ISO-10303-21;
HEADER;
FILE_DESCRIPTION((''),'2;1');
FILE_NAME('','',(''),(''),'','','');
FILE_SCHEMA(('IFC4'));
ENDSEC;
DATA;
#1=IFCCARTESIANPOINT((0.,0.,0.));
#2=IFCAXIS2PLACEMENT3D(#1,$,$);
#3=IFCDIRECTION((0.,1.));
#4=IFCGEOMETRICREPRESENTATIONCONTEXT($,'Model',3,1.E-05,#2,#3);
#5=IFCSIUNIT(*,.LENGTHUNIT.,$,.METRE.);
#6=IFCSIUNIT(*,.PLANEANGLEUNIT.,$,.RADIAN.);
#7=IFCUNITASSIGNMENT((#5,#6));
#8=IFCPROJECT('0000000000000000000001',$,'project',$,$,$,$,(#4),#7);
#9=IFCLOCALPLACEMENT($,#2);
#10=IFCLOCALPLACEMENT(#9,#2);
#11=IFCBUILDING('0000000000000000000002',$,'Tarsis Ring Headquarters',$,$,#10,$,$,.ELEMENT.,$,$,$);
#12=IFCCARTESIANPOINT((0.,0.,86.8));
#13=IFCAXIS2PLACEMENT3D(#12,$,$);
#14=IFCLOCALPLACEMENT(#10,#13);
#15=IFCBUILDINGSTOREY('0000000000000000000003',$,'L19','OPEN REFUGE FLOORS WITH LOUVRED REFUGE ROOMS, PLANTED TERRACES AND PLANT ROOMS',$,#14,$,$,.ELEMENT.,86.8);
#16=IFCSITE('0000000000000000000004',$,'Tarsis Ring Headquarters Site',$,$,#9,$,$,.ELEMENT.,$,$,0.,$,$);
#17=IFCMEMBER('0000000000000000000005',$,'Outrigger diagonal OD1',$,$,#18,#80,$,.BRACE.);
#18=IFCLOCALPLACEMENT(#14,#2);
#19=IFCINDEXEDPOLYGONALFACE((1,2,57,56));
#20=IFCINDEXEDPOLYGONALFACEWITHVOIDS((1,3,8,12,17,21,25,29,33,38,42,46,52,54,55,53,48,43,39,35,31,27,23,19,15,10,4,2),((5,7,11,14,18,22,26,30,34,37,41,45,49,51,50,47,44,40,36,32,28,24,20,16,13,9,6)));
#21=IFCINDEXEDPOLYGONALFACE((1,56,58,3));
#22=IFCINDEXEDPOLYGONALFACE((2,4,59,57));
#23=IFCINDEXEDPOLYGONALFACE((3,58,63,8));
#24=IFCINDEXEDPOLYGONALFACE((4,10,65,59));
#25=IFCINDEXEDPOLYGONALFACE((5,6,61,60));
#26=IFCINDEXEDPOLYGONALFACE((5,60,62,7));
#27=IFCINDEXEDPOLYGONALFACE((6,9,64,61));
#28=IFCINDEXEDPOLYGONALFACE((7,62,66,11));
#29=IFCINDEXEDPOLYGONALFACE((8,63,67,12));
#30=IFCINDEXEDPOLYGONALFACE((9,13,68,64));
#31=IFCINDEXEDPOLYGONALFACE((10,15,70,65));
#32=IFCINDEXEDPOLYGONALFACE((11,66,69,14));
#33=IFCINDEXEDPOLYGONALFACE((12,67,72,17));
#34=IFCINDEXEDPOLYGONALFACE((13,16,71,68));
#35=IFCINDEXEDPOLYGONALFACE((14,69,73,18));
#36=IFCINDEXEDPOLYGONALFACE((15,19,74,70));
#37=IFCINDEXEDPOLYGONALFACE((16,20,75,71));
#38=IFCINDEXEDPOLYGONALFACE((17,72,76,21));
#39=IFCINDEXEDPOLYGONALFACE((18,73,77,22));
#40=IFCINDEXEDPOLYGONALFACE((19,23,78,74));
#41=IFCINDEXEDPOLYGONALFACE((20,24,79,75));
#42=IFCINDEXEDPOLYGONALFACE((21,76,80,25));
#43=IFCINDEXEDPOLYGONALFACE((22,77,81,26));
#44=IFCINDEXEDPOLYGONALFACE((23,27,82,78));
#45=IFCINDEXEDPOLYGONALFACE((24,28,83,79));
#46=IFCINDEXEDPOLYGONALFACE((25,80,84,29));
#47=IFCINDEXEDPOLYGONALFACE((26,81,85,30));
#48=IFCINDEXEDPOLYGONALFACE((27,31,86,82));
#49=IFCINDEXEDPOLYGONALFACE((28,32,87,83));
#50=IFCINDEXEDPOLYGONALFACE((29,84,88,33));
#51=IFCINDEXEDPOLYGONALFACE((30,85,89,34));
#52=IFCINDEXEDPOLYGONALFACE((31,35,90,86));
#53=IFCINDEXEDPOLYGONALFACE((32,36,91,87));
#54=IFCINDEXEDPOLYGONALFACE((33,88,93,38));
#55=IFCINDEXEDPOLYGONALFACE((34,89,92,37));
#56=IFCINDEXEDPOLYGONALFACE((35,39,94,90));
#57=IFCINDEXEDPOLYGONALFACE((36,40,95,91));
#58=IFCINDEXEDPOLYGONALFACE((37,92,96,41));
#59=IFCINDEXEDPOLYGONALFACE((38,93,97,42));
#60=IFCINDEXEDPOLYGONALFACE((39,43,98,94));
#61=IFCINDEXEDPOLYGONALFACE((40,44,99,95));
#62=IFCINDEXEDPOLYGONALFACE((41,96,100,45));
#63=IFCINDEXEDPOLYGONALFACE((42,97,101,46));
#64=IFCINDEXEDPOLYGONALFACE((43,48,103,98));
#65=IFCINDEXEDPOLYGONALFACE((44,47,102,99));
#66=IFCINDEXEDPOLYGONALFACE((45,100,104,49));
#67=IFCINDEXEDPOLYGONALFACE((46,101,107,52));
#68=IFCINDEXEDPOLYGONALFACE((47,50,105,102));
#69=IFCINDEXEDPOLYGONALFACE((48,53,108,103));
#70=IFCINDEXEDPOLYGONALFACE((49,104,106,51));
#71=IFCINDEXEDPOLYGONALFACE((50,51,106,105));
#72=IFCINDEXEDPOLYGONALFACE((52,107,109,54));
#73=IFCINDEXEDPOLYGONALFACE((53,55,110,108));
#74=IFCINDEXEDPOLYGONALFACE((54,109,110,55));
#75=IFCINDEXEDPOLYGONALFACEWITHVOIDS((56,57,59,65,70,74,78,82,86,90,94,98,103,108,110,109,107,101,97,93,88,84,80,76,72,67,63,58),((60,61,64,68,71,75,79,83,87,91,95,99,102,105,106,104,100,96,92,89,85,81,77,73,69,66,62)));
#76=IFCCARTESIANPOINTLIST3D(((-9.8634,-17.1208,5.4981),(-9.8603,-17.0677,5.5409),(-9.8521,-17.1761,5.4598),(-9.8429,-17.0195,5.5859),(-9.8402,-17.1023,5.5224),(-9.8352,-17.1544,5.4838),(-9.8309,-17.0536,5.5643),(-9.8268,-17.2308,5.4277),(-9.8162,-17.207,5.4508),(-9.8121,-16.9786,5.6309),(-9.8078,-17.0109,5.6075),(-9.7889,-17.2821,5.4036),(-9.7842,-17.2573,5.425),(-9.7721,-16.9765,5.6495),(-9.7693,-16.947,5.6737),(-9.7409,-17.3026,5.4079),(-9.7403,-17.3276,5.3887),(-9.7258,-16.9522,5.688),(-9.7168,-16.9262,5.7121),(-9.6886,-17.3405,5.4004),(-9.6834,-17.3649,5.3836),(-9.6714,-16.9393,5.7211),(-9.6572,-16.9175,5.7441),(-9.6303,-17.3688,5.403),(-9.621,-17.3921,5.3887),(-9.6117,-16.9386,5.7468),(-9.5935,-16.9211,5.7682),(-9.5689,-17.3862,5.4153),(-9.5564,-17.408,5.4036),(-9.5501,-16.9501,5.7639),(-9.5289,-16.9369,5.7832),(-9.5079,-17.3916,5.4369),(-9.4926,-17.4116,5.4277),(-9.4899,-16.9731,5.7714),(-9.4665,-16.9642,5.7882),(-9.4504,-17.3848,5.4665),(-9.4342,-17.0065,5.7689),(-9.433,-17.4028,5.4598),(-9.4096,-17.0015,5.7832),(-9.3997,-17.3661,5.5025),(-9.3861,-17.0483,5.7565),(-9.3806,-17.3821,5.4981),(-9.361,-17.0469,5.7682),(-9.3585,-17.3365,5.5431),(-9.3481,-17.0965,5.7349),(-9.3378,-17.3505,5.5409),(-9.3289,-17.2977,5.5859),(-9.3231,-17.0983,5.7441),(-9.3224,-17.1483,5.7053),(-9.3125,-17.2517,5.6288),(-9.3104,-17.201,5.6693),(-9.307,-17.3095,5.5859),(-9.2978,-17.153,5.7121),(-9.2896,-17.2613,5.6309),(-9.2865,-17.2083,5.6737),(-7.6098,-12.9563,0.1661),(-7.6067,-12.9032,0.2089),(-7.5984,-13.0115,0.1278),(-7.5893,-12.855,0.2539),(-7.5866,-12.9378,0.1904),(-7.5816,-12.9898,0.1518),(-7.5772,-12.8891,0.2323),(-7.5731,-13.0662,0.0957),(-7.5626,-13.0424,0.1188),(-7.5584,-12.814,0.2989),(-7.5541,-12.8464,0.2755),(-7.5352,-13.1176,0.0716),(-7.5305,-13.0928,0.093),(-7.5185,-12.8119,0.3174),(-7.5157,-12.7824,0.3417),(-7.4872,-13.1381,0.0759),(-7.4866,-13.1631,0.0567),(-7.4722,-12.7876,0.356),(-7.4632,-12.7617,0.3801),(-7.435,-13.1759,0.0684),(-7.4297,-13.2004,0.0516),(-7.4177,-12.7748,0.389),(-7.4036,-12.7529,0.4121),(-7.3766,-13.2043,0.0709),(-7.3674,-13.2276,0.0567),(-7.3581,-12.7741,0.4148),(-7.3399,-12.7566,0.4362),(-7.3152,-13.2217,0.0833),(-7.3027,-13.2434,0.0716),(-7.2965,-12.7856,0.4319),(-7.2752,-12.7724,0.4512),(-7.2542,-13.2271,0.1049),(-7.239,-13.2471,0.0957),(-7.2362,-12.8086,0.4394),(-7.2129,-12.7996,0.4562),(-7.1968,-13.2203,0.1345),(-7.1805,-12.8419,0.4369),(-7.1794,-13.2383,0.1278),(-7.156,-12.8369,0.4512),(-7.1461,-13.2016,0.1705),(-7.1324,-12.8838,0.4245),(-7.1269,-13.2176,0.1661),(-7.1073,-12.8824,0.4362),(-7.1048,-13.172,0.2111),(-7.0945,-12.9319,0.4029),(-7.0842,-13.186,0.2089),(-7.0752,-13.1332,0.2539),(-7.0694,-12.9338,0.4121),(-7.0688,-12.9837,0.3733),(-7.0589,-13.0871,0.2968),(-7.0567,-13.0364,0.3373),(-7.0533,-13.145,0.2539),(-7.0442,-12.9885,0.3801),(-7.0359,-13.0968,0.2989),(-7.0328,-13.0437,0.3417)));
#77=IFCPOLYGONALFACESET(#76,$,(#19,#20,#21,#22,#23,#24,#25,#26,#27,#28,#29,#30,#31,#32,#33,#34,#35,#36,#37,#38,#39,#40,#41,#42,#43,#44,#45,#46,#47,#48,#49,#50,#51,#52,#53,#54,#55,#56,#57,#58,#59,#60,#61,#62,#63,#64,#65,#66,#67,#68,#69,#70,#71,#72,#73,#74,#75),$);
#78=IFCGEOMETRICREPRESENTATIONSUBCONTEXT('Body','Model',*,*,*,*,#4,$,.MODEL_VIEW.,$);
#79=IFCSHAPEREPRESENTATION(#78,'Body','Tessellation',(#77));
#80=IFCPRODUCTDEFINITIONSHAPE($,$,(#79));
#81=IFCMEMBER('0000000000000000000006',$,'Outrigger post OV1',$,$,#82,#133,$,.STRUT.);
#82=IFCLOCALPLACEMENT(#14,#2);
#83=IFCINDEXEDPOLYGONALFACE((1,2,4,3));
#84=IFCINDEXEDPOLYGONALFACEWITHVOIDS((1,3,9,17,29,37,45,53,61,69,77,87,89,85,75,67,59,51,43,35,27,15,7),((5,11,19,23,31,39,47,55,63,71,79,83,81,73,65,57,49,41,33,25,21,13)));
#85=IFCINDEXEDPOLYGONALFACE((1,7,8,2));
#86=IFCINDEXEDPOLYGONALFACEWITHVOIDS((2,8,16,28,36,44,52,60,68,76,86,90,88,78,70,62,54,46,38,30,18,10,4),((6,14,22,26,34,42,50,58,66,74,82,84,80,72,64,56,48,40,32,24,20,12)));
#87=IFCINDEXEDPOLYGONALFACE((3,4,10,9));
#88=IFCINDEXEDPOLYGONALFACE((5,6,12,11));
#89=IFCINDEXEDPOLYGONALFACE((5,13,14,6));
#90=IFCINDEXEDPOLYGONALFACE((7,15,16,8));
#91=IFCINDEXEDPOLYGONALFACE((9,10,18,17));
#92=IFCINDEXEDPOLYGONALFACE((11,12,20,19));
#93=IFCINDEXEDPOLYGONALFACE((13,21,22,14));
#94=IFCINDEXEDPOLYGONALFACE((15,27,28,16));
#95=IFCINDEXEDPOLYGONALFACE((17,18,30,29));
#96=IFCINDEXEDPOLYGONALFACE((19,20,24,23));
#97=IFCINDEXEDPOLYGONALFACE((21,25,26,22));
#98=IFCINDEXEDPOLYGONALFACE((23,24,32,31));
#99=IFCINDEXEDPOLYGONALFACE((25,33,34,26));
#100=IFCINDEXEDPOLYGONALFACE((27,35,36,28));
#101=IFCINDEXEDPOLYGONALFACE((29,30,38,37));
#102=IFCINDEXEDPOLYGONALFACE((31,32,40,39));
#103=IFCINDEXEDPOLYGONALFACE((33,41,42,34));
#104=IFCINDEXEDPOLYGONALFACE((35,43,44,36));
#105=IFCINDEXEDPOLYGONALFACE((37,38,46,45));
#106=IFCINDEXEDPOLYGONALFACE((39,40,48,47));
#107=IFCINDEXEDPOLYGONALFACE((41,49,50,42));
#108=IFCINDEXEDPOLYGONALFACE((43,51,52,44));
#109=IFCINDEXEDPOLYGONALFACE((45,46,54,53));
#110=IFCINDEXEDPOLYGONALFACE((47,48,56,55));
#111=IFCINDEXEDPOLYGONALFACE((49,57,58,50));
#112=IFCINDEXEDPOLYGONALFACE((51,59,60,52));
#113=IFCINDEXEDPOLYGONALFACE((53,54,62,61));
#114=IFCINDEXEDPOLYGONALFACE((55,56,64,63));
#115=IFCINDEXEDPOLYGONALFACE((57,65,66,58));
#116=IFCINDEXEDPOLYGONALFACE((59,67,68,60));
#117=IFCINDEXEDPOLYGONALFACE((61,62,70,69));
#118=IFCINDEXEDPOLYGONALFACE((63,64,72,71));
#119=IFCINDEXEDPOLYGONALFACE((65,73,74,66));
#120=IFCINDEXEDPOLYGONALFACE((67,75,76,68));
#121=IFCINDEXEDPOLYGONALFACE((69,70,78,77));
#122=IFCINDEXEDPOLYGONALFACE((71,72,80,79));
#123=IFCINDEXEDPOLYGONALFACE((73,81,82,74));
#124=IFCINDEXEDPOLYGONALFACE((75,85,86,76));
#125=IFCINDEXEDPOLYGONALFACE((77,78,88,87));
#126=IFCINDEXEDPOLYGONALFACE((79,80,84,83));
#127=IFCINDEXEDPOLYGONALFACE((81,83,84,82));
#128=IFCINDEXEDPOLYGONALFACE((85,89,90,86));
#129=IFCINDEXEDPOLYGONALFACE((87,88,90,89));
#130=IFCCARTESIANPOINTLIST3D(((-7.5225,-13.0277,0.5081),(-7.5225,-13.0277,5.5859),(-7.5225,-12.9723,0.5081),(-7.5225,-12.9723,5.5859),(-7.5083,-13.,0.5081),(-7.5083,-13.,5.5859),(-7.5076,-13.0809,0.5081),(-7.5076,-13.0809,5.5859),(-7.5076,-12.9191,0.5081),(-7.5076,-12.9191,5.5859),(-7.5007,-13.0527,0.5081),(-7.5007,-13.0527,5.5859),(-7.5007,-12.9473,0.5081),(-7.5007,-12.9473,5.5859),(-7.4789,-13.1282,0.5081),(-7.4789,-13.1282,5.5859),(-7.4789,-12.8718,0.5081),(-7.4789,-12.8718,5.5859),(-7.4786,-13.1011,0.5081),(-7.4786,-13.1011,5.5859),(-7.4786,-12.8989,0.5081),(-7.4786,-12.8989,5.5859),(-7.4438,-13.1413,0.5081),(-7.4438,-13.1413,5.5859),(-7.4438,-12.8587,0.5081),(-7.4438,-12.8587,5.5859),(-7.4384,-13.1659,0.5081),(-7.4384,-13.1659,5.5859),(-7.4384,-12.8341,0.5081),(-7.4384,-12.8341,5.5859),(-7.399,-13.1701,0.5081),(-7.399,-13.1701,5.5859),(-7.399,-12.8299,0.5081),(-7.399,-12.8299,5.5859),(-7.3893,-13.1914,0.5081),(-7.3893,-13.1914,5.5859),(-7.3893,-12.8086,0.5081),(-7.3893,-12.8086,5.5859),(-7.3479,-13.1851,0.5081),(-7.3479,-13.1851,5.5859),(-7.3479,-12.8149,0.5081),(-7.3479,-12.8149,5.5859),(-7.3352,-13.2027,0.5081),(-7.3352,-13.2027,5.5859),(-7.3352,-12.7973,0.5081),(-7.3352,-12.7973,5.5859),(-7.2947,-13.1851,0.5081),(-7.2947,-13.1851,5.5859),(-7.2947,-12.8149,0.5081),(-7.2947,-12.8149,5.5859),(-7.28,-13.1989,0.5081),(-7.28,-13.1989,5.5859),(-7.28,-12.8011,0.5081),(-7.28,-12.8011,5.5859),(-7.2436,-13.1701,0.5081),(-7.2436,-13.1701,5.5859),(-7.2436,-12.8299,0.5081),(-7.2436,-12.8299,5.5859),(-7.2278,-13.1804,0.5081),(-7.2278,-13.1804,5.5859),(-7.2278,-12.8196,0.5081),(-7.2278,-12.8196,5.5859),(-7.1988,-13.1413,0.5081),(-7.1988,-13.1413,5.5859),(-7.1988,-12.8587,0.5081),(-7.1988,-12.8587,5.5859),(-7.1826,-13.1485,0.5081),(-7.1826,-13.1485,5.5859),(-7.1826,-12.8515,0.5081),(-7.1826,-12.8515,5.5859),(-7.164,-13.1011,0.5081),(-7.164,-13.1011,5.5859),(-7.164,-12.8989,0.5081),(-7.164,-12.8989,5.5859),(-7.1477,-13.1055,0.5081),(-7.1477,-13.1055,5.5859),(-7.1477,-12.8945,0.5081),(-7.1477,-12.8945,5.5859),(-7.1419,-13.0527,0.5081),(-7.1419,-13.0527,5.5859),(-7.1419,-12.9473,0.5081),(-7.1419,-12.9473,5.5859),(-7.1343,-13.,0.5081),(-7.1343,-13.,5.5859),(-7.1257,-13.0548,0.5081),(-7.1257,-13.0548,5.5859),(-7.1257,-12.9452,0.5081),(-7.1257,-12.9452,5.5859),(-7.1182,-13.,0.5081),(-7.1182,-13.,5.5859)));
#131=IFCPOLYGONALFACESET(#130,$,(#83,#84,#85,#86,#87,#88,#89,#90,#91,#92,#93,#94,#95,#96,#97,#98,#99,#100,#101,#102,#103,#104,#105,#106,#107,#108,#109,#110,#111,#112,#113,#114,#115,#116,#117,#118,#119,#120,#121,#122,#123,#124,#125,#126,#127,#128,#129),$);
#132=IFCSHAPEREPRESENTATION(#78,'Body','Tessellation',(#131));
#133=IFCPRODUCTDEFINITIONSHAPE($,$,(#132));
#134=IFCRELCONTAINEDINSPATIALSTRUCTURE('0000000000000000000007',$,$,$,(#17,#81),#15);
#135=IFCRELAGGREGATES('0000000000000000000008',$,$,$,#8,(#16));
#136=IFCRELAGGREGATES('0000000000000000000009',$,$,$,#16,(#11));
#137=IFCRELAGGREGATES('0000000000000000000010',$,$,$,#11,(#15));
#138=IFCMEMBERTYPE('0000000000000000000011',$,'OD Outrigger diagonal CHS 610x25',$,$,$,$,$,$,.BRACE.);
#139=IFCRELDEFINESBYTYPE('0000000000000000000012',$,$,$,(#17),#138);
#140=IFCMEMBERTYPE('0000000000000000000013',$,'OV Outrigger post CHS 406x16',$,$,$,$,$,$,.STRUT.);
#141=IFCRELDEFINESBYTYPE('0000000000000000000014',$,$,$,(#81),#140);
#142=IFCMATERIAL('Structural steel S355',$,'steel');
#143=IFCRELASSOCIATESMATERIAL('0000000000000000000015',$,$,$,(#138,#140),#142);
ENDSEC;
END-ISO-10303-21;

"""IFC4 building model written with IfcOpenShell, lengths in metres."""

from ifc_helpers import new_model, si_unit, direction, frame, origin, origin_2d, place, context, subcontext, project, spatial, hollow_circle, extrude, material, material_profile, profile_set, type_object, element, save


model = new_model("IFC4")

# Units and contexts
model_context = context("Model", 3, precision=1e-05, world=origin(), true_north=direction((0.0, 1.0)))
body_context = subcontext(model_context, "Body", "Model", "MODEL_VIEW")
ifc_project = project(units=[si_unit("LENGTHUNIT", "METRE"), si_unit("PLANEANGLEUNIT", "RADIAN")], contexts=[model_context])

# Site, building, storey
site_placement = place(None, origin())
site = spatial("IfcSite", under=ifc_project, at=site_placement, Name="Tarsis Ring Headquarters Site", CompositionType="ELEMENT", RefElevation=0.0)
building_placement = place(site_placement, origin())
building = spatial("IfcBuilding", under=site, at=building_placement, Name="Tarsis Ring Headquarters", CompositionType="ELEMENT")
storey_placement = place(building_placement, frame((0.0, 0.0, 86.8)))
storey = spatial("IfcBuildingStorey", under=building, at=storey_placement, Name="L19", Description="OPEN REFUGE FLOORS WITH LOUVRED REFUGE ROOMS, PLANTED TERRACES AND PLANT ROOMS", CompositionType="ELEMENT", Elevation=86.8)

# Shared definitions
ifc_material_1 = material(Name="Structural steel S355", Category="steel")

# Members
ifc_material_profile_1 = material_profile(ifc_material_1, hollow_circle(Radius=0.3047, WallThickness=0.0249, at=origin_2d()), Name="CHS 610x25")
ifc_profile_set_1 = profile_set([ifc_material_profile_1], Name="Structural steel S355")
member_type_1 = type_object("IfcMemberType", Name="OD Outrigger diagonal CHS 610x25", PredefinedType="BRACE", material=ifc_profile_set_1)
member_1_placement = place(storey_placement, frame((-7.3213, -13.0, 0.2539), z_axis=(-0.316031, -0.583996, 0.747712), x_axis=(0.879481, -0.475934, 0.0)))
element("IfcMember", 1, at=member_1_placement, inside=storey, type_object=member_type_1, Name="Outrigger diagonal OD1", PredefinedType="BRACE", context=body_context, shape_type="SweptSolid", body=[
    extrude(hollow_circle(Radius=0.3047, WallThickness=0.0249, at=origin_2d()), origin(), (0.0, 0.0, 1.0), 7.1311),
])
ifc_material_profile_2 = material_profile(ifc_material_1, hollow_circle(Radius=0.2031, WallThickness=0.0161, at=origin_2d()), Name="CHS 406x16")
ifc_profile_set_2 = profile_set([ifc_material_profile_2], Name="Structural steel S355")
member_type_2 = type_object("IfcMemberType", Name="OV Outrigger post CHS 406x16", PredefinedType="STRUT", material=ifc_profile_set_2)
member_2_placement = place(storey_placement, frame((-7.3213, -13.0, 0.5081), z_axis=(0.0, 0.0, 1.0), x_axis=(1.0, 0.0, 0.0)))
element("IfcMember", 2, at=member_2_placement, inside=storey, type_object=member_type_2, Name="Outrigger post OV1", PredefinedType="STRUT", context=body_context, shape_type="SweptSolid", body=[
    extrude(hollow_circle(Radius=0.2031, WallThickness=0.0161, at=origin_2d()), origin(), (0.0, 0.0, 1.0), 5.0779),
])

save(model, "model.ifc")
